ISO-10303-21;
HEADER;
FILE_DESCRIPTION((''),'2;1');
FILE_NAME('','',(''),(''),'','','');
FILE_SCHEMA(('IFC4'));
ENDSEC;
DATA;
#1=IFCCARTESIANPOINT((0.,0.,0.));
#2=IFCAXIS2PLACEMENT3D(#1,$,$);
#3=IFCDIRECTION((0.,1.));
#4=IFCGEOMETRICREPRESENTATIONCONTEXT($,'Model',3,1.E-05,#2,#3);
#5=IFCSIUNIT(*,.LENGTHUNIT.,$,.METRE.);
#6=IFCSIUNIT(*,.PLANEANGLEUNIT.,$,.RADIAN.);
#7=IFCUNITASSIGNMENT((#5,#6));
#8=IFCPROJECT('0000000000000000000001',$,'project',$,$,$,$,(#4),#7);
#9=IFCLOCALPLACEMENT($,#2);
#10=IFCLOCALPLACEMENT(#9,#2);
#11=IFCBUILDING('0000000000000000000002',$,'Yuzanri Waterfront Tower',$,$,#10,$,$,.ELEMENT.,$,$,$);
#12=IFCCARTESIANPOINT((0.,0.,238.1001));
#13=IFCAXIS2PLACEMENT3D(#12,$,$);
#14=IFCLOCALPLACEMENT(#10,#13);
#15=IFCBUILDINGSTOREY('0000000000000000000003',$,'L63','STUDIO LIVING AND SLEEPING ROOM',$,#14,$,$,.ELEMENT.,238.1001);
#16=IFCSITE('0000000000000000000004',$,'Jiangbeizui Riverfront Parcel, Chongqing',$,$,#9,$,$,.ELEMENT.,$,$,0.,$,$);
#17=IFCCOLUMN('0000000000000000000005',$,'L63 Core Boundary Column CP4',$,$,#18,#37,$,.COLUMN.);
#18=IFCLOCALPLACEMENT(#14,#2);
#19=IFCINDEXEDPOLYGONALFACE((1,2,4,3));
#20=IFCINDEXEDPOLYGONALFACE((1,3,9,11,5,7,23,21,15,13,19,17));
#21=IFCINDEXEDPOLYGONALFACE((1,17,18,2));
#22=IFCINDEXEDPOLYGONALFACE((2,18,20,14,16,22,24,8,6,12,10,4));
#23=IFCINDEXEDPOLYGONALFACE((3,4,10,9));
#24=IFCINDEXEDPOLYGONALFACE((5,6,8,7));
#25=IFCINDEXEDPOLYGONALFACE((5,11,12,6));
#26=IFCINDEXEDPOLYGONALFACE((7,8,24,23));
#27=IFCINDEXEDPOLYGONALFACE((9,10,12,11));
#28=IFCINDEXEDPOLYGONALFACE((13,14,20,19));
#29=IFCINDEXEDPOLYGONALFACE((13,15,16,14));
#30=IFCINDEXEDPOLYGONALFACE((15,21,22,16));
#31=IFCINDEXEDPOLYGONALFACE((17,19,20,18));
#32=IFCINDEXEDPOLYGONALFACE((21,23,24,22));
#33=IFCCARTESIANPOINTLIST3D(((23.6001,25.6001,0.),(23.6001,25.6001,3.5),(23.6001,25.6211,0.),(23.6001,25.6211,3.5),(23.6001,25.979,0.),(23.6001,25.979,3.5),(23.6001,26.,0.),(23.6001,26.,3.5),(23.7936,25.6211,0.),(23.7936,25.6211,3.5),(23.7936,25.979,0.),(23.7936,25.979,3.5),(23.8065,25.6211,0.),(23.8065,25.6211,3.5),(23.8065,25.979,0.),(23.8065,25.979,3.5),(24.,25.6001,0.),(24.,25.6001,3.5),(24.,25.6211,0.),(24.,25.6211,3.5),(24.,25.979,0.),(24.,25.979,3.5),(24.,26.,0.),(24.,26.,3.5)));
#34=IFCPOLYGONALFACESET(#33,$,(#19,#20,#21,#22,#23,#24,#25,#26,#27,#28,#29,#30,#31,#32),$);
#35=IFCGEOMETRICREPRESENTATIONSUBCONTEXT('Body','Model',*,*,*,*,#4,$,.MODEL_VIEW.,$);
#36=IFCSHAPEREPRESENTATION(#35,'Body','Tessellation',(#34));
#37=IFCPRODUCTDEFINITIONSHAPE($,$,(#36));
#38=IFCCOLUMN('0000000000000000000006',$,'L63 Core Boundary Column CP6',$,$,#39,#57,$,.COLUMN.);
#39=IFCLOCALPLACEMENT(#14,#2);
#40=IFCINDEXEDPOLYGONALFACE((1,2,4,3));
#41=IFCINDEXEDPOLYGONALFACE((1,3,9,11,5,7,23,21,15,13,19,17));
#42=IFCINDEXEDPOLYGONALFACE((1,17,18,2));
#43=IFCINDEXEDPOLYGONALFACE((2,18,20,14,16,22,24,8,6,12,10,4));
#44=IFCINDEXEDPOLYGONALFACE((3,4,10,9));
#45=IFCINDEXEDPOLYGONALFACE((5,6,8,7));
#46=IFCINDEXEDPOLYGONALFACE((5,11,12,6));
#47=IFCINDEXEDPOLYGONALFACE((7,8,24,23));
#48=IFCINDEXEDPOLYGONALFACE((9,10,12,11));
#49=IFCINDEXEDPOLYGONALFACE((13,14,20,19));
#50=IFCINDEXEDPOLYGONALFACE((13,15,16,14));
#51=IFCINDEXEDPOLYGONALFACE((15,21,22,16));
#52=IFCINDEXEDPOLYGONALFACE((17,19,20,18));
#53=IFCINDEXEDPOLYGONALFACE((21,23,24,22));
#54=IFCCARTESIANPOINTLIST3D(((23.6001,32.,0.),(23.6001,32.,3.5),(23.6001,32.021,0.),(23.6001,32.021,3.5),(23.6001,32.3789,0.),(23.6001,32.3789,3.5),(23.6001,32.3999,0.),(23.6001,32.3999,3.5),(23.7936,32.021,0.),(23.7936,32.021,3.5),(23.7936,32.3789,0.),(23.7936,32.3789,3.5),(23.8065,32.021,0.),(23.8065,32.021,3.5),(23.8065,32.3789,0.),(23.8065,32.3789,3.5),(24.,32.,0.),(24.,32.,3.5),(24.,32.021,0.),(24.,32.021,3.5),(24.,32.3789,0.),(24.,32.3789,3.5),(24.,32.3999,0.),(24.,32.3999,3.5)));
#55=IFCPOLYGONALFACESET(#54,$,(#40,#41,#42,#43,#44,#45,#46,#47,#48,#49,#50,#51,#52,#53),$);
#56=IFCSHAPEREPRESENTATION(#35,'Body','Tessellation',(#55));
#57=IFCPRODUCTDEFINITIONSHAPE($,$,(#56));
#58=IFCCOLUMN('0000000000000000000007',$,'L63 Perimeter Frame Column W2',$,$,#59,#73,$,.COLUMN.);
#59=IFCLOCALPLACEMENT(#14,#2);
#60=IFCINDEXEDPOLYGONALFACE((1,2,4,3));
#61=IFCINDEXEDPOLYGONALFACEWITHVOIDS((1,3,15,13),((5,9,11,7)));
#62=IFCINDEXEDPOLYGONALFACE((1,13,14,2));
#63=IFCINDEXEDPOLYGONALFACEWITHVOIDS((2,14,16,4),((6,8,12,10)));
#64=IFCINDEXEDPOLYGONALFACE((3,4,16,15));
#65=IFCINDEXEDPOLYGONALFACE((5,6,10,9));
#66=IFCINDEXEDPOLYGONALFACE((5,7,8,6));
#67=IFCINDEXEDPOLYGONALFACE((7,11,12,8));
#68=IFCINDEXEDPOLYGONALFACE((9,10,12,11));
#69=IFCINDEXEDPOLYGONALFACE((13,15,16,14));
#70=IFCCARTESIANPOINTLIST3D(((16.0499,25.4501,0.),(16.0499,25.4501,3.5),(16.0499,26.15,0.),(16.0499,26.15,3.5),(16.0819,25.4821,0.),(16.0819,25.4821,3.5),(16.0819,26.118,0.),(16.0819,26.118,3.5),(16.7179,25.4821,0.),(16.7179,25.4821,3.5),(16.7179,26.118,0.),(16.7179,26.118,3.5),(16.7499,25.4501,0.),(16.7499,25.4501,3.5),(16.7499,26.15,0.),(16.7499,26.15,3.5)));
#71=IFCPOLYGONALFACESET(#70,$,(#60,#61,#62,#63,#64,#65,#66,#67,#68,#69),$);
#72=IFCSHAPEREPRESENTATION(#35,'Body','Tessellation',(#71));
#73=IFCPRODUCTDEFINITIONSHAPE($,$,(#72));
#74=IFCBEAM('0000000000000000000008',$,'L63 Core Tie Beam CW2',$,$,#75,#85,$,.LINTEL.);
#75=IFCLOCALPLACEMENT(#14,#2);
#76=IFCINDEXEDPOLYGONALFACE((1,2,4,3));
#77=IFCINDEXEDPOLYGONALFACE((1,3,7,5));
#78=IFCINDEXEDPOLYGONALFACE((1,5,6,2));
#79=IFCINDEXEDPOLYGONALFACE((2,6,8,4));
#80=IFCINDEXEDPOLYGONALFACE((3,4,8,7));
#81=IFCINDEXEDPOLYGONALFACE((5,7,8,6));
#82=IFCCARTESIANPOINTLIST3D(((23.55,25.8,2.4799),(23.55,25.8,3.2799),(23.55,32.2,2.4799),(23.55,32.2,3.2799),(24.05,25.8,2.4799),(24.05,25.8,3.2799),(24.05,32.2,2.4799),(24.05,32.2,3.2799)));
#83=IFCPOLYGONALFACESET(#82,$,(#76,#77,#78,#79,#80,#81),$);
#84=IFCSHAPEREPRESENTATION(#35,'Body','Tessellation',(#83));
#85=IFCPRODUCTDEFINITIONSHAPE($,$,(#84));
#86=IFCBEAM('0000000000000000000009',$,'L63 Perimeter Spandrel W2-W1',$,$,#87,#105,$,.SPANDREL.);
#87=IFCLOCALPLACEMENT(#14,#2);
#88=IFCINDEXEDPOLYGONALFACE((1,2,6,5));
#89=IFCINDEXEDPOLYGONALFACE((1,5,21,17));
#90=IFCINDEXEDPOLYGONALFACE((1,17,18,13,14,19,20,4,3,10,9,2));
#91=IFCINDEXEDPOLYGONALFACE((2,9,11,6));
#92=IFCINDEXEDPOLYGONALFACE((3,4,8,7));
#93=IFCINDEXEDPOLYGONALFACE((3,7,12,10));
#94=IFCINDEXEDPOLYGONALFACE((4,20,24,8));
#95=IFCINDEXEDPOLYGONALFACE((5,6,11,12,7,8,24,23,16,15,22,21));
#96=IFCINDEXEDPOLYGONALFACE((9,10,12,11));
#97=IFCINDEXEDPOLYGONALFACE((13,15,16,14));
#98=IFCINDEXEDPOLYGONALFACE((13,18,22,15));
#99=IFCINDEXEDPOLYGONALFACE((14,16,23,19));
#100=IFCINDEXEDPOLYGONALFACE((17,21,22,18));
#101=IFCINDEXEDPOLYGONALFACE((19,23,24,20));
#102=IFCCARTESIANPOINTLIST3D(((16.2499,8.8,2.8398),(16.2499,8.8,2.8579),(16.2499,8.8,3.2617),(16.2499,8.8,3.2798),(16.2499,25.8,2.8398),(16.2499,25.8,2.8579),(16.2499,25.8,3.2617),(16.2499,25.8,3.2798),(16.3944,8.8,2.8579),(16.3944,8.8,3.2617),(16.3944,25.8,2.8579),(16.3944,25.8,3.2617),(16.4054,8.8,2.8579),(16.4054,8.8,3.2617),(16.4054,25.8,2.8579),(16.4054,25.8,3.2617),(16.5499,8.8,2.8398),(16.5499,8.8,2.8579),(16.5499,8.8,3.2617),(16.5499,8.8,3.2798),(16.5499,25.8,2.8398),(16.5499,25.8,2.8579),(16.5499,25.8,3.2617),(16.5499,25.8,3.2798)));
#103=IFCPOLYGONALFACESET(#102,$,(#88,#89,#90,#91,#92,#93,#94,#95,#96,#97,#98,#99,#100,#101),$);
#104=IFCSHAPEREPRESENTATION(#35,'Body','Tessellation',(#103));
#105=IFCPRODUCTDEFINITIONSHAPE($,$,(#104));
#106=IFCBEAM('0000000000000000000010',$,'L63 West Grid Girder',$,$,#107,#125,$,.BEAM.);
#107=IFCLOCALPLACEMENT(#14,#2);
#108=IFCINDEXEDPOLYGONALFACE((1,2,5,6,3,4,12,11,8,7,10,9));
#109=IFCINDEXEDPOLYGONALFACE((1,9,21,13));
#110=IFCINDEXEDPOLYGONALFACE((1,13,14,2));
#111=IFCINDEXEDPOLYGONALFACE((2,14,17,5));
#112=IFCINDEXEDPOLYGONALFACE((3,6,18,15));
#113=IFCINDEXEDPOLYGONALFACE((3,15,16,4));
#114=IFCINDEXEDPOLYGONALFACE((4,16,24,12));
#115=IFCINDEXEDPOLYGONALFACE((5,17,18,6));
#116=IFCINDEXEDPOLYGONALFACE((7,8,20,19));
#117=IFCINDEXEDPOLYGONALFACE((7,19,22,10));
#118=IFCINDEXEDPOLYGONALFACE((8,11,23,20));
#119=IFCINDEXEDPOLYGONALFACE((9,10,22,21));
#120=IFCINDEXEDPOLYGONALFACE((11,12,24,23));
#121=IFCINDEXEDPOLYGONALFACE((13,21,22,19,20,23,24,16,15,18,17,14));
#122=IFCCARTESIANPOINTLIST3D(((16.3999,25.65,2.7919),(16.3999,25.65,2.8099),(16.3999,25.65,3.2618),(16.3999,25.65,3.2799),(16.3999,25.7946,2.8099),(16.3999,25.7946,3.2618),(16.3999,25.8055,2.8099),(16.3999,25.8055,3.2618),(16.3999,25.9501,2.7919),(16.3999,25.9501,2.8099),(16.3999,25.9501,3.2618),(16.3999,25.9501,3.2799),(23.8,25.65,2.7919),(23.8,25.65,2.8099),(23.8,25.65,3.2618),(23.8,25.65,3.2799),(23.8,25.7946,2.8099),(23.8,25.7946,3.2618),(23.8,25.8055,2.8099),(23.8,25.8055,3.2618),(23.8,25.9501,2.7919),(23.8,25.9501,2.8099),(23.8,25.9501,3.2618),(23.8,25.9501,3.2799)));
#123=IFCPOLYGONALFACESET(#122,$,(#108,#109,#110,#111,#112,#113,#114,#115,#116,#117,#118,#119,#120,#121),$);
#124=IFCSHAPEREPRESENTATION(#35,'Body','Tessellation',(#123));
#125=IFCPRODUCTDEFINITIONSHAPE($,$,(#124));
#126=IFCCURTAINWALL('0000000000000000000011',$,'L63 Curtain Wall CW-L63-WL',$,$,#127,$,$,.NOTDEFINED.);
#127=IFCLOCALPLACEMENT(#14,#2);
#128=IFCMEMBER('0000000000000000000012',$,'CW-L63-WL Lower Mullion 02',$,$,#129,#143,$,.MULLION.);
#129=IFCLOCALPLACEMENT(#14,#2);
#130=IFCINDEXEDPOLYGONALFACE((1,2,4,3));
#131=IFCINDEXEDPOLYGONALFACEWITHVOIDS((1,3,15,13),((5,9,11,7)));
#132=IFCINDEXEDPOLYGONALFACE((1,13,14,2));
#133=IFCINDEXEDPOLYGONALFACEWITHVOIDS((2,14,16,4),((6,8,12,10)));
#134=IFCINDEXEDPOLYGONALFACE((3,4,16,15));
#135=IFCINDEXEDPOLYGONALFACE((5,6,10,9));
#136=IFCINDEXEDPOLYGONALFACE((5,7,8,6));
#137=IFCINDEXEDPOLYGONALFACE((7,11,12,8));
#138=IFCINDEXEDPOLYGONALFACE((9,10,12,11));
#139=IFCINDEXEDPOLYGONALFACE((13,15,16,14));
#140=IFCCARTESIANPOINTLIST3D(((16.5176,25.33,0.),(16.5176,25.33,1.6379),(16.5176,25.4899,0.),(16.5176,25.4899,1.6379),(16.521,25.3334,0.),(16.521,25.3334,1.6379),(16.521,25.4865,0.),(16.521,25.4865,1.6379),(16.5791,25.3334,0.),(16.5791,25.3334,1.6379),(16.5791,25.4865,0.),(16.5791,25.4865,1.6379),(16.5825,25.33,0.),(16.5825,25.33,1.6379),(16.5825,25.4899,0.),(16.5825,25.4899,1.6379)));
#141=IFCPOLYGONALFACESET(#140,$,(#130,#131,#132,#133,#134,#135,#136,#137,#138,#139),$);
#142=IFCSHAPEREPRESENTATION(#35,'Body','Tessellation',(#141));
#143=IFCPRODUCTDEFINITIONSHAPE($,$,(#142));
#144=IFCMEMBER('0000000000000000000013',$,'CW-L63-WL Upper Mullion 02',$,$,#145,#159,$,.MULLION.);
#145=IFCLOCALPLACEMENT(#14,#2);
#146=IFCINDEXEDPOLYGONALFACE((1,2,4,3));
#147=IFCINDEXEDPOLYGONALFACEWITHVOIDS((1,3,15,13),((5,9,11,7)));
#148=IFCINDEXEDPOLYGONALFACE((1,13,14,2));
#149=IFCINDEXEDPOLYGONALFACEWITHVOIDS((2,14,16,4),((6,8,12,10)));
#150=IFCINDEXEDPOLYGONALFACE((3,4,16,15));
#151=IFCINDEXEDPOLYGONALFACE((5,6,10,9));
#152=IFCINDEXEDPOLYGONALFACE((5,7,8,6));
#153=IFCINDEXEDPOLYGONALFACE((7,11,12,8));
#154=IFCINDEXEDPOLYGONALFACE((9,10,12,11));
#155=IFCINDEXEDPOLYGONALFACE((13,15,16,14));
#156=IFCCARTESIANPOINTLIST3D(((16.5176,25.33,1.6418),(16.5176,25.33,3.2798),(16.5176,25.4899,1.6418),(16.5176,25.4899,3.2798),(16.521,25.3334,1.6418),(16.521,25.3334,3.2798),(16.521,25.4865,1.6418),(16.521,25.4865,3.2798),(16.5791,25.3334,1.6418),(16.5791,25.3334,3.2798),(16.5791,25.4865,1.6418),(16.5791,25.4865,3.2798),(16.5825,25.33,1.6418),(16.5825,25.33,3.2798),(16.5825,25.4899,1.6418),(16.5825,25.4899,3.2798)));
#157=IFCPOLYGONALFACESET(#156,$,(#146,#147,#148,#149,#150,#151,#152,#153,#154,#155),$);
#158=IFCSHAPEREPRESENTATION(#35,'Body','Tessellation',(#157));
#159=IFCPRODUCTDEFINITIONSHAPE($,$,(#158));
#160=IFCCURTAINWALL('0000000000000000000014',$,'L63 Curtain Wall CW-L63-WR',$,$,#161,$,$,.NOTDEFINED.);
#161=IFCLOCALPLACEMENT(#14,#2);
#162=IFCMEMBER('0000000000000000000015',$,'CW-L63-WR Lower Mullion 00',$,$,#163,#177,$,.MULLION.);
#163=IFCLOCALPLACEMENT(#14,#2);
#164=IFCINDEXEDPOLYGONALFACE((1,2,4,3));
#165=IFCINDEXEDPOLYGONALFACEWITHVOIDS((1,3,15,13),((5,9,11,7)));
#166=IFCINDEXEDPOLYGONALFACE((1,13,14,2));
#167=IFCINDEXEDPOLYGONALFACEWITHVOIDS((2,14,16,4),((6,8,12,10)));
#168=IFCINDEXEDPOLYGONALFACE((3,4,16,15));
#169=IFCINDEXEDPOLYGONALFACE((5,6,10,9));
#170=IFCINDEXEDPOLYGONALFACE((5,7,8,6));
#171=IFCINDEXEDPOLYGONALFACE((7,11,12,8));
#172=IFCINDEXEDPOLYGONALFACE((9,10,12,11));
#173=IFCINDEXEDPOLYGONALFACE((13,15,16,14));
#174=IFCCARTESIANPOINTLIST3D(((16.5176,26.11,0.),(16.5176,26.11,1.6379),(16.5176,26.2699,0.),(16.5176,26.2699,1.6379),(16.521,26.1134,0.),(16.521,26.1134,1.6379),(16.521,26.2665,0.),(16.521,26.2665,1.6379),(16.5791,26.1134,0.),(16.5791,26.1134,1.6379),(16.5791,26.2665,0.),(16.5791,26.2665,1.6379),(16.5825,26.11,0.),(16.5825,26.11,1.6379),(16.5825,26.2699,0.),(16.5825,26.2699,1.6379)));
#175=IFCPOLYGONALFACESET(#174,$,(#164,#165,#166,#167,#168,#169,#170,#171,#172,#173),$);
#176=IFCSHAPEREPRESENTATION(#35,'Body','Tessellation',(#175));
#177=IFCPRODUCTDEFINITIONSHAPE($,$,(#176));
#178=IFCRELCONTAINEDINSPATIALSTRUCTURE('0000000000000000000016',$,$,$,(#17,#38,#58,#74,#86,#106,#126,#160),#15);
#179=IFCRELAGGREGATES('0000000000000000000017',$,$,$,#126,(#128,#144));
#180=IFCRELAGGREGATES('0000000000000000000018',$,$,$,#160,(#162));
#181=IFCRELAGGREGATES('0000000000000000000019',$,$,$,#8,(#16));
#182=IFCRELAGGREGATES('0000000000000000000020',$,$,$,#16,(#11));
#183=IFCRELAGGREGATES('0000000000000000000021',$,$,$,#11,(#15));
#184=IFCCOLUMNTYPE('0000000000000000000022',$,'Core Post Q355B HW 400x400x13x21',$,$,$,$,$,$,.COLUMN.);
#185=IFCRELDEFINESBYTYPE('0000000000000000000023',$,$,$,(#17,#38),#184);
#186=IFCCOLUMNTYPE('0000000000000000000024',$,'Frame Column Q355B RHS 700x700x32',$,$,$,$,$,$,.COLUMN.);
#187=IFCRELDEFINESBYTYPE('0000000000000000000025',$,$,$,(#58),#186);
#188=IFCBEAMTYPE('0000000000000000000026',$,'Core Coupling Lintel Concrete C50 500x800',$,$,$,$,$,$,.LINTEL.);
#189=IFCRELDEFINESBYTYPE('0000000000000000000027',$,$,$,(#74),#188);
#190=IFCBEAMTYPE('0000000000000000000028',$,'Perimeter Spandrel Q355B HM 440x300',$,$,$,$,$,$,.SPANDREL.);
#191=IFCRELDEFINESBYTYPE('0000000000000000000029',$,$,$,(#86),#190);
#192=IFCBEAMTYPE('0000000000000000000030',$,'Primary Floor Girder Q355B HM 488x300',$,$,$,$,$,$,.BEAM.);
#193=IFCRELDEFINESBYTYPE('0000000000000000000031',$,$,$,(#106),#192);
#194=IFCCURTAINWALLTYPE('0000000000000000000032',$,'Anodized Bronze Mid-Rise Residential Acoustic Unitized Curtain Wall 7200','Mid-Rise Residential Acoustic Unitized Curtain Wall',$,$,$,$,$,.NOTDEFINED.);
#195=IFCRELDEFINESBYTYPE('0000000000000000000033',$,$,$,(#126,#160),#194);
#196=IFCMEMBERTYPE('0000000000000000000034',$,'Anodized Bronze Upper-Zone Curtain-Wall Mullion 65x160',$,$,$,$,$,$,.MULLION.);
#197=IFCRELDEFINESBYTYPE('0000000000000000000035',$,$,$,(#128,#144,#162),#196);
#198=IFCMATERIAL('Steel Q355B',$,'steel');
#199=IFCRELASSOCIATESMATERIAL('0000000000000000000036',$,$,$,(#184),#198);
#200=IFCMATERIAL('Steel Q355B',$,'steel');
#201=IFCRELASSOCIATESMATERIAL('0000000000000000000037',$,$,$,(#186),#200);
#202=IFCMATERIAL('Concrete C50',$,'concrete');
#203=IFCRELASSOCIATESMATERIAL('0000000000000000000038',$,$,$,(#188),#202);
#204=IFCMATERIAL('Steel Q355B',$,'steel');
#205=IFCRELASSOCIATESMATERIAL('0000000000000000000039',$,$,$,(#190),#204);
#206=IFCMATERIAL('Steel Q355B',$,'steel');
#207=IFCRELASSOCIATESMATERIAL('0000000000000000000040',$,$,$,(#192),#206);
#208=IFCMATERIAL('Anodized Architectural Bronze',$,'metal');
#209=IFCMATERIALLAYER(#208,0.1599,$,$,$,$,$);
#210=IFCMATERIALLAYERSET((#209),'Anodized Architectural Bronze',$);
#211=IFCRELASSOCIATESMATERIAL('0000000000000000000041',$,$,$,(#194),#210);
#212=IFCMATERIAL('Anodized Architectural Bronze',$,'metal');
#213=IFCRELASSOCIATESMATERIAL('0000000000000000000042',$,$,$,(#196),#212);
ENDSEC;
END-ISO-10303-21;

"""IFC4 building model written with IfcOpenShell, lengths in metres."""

from ifc_helpers import new_model, si_unit, direction, frame, origin, origin_2d, place, context, subcontext, project, spatial, rectangle, hollow_rectangle, i_section, extrude, source, transform, mapped, material, layer, layer_set, material_profile, profile_set, type_object, element, aggregate, save


model = new_model("IFC4")

# Units and contexts
model_context = context("Model", 3, precision=1e-05, world=origin(), true_north=direction((0.0, 1.0)))
body_context = subcontext(model_context, "Body", "Model", "MODEL_VIEW")
ifc_project = project(units=[si_unit("LENGTHUNIT", "METRE"), si_unit("PLANEANGLEUNIT", "RADIAN")], contexts=[model_context])

# Site, building, storey
site_placement = place(None, origin())
site = spatial("IfcSite", under=ifc_project, at=site_placement, Name="Jiangbeizui Riverfront Parcel, Chongqing", CompositionType="ELEMENT", RefElevation=0.0)
building_placement = place(site_placement, origin())
building = spatial("IfcBuilding", under=site, at=building_placement, Name="Yuzanri Waterfront Tower", CompositionType="ELEMENT")
storey_placement = place(building_placement, frame((0.0, 0.0, 238.1001)))
storey = spatial("IfcBuildingStorey", under=building, at=storey_placement, Name="L63", Description="STUDIO LIVING AND SLEEPING ROOM", CompositionType="ELEMENT", Elevation=238.1001)

# Columns
ifc_material_1 = material(Name="Steel Q355B", Category="steel")
ifc_material_profile_1 = material_profile(ifc_material_1, i_section(OverallWidth=0.3999, OverallDepth=0.3999, WebThickness=0.0129, FlangeThickness=0.021, at=origin_2d()), Name="HW 400x400x13x21")
ifc_profile_set_1 = profile_set([ifc_material_profile_1], Name="Steel Q355B")
column_type_1 = type_object("IfcColumnType", Name="Core Post Q355B HW 400x400x13x21", PredefinedType="COLUMN", material=ifc_profile_set_1)
shared_shape_1 = source(origin(), body_context, "Body", "SweptSolid", [
    extrude(i_section(OverallWidth=0.3999, OverallDepth=0.3999, WebThickness=0.0129, FlangeThickness=0.021, at=origin_2d()), origin(), (0.0, 0.0, 1.0), 3.5),
])
for number, where, z_axis, x_axis, name in (
    (1, (23.8, 25.8, 0.0), (0.0, 0.0, 1.0), (1.0, 0.0, 0.0), "L63 Core Boundary Column CP4"),
    (2, (23.8, 32.2, 0.0), (0.0, 0.0, 1.0), (1.0, 0.0, 0.0), "L63 Core Boundary Column CP6"),
):
    element("IfcColumn", number, at=place(storey_placement, frame(where, z_axis=z_axis, x_axis=x_axis)), inside=storey, type_object=column_type_1, Name=name, PredefinedType="COLUMN", context=body_context, shape_type="MappedRepresentation", body=[
        mapped(shared_shape_1, transform((0.0, 0.0, 0.0), scale=1.0)),
    ])
ifc_material_2 = material(Name="Steel Q355B", Category="steel")
ifc_material_profile_2 = material_profile(ifc_material_2, hollow_rectangle(XDim=0.7, YDim=0.7, WallThickness=0.032, at=origin_2d()), Name="RHS 700x700x32")
ifc_profile_set_2 = profile_set([ifc_material_profile_2], Name="Steel Q355B")
column_type_2 = type_object("IfcColumnType", Name="Frame Column Q355B RHS 700x700x32", PredefinedType="COLUMN", material=ifc_profile_set_2)
shared_shape_2 = source(origin(), body_context, "Body", "SweptSolid", [
    extrude(hollow_rectangle(XDim=0.7, YDim=0.7, WallThickness=0.032, at=origin_2d()), origin(), (0.0, 0.0, 1.0), 3.5),
])
column_placement = place(storey_placement, frame((16.3999, 25.8, 0.0), z_axis=(0.0, 0.0, 1.0), x_axis=(1.0, 0.0, 0.0)))
element("IfcColumn", 3, at=column_placement, inside=storey, type_object=column_type_2, Name="L63 Perimeter Frame Column W2", PredefinedType="COLUMN", context=body_context, shape_type="MappedRepresentation", body=[
    mapped(shared_shape_2, transform((0.0, 0.0, 0.0), scale=1.0)),
])

# Beams
ifc_material_3 = material(Name="Concrete C50", Category="concrete")
ifc_material_profile_3 = material_profile(ifc_material_3, rectangle(XDim=0.5, YDim=0.8, at=origin_2d()), Name="RC 500x800")
ifc_profile_set_3 = profile_set([ifc_material_profile_3], Name="Concrete C50")
beam_type_1 = type_object("IfcBeamType", Name="Core Coupling Lintel Concrete C50 500x800", PredefinedType="LINTEL", material=ifc_profile_set_3)
shared_shape_3 = source(origin(), body_context, "Body", "SweptSolid", [
    extrude(rectangle(XDim=0.5, YDim=0.8, at=origin_2d()), origin(), (0.0, 0.0, 1.0), 6.3999),
])
beam_1_placement = place(storey_placement, frame((23.8, 25.8, 2.8799), z_axis=(0.0, 1.0, 0.0), x_axis=(-1.0, 0.0, 0.0)))
element("IfcBeam", 4, at=beam_1_placement, inside=storey, type_object=beam_type_1, Name="L63 Core Tie Beam CW2", PredefinedType="LINTEL", context=body_context, shape_type="MappedRepresentation", body=[
    mapped(shared_shape_3, transform((0.0, 0.0, 0.0), scale=1.0)),
])
ifc_material_4 = material(Name="Steel Q355B", Category="steel")
ifc_material_profile_4 = material_profile(ifc_material_4, i_section(OverallWidth=0.3, OverallDepth=0.4399, WebThickness=0.011, FlangeThickness=0.0181, at=origin_2d()), Name="HM 440x300x11x18")
ifc_profile_set_4 = profile_set([ifc_material_profile_4], Name="Steel Q355B")
beam_type_2 = type_object("IfcBeamType", Name="Perimeter Spandrel Q355B HM 440x300", PredefinedType="SPANDREL", material=ifc_profile_set_4)
shared_shape_4 = source(origin(), body_context, "Body", "SweptSolid", [
    extrude(i_section(OverallWidth=0.3, OverallDepth=0.4399, WebThickness=0.011, FlangeThickness=0.0181, at=origin_2d()), origin(), (0.0, 0.0, 1.0), 17.0),
])
beam_2_placement = place(storey_placement, frame((16.3999, 25.8, 3.0598), z_axis=(0.0, -1.0, 0.0), x_axis=(1.0, 0.0, 0.0)))
element("IfcBeam", 5, at=beam_2_placement, inside=storey, type_object=beam_type_2, Name="L63 Perimeter Spandrel W2-W1", PredefinedType="SPANDREL", context=body_context, shape_type="MappedRepresentation", body=[
    mapped(shared_shape_4, transform((0.0, 0.0, 0.0), scale=1.0)),
])
ifc_material_5 = material(Name="Steel Q355B", Category="steel")
ifc_material_profile_5 = material_profile(ifc_material_5, i_section(OverallWidth=0.3, OverallDepth=0.488, WebThickness=0.011, FlangeThickness=0.0181, at=origin_2d()), Name="HM 488x300x11x18")
ifc_profile_set_5 = profile_set([ifc_material_profile_5], Name="Steel Q355B")
beam_type_3 = type_object("IfcBeamType", Name="Primary Floor Girder Q355B HM 488x300", PredefinedType="BEAM", material=ifc_profile_set_5)
shared_shape_5 = source(origin(), body_context, "Body", "SweptSolid", [
    extrude(i_section(OverallWidth=0.3, OverallDepth=0.488, WebThickness=0.011, FlangeThickness=0.0181, at=origin_2d()), origin(), (0.0, 0.0, 1.0), 7.4001),
])
beam_3_placement = place(storey_placement, frame((23.8, 25.8, 3.0359), z_axis=(-1.0, 0.0, 0.0), x_axis=(0.0, -1.0, 0.0)))
element("IfcBeam", 6, at=beam_3_placement, inside=storey, type_object=beam_type_3, Name="L63 West Grid Girder", PredefinedType="BEAM", context=body_context, shape_type="MappedRepresentation", body=[
    mapped(shared_shape_5, transform((0.0, 0.0, 0.0), scale=1.0)),
])

# Curtain wall, members
ifc_material_6 = material(Name="Anodized Architectural Bronze", Category="metal")
ifc_layer_1 = layer(ifc_material_6, 0.1599)
ifc_layer_set_1 = layer_set([ifc_layer_1], Name="Anodized Architectural Bronze")
curtain_wall_type = type_object("IfcCurtainWallType", Name="Anodized Bronze Mid-Rise Residential Acoustic Unitized Curtain Wall 7200", Description="Mid-Rise Residential Acoustic Unitized Curtain Wall", PredefinedType="NOTDEFINED", material=ifc_layer_set_1)
curtain_wall_1_placement = place(storey_placement, origin())
curtain_wall_1 = element("IfcCurtainWall", 7, at=curtain_wall_1_placement, inside=storey, type_object=curtain_wall_type, Name="L63 Curtain Wall CW-L63-WL", PredefinedType="NOTDEFINED")
ifc_material_7 = material(Name="Anodized Architectural Bronze", Category="metal")
ifc_material_profile_6 = material_profile(ifc_material_7, hollow_rectangle(XDim=0.0649, YDim=0.1599, WallThickness=0.0034, at=origin_2d()), Name="CWM 65x160")
ifc_profile_set_6 = profile_set([ifc_material_profile_6], Name="Anodized Architectural Bronze")
member_type_1 = type_object("IfcMemberType", Name="Anodized Bronze Upper-Zone Curtain-Wall Mullion 65x160", PredefinedType="MULLION", material=ifc_profile_set_6)
shared_shape_6 = source(origin(), body_context, "Body", "SweptSolid", [
    extrude(hollow_rectangle(XDim=0.0649, YDim=0.1599, WallThickness=0.0034, at=origin_2d()), origin(), (0.0, 0.0, 1.0), 1.6379),
])
member_1_placement = place(storey_placement, frame((16.55, 25.4099, 0.0), z_axis=(0.0, 0.0, 1.0), x_axis=(1.0, 0.0, 0.0)))
member_1 = element("IfcMember", 8, at=member_1_placement, type_object=member_type_1, Name="CW-L63-WL Lower Mullion 02", PredefinedType="MULLION", context=body_context, shape_type="MappedRepresentation", body=[
    mapped(shared_shape_6, transform((0.0, 0.0, 0.0), scale=1.0)),
])
member_2_placement = place(storey_placement, frame((16.55, 25.4099, 1.6418), z_axis=(0.0, 0.0, 1.0), x_axis=(1.0, 0.0, 0.0)))
member_2 = element("IfcMember", 9, at=member_2_placement, type_object=member_type_1, Name="CW-L63-WL Upper Mullion 02", PredefinedType="MULLION", context=body_context, shape_type="MappedRepresentation", body=[
    mapped(shared_shape_6, transform((0.0, 0.0, 0.0), scale=1.0)),
])
aggregate(curtain_wall_1, [member_1, member_2])

# Curtain wall, member
curtain_wall_2_placement = place(storey_placement, origin())
curtain_wall_2 = element("IfcCurtainWall", 10, at=curtain_wall_2_placement, inside=storey, type_object=curtain_wall_type, Name="L63 Curtain Wall CW-L63-WR", PredefinedType="NOTDEFINED")
member_3_placement = place(storey_placement, frame((16.55, 26.1899, 0.0), z_axis=(0.0, 0.0, 1.0), x_axis=(1.0, 0.0, 0.0)))
member_3 = element("IfcMember", 11, at=member_3_placement, type_object=member_type_1, Name="CW-L63-WR Lower Mullion 00", PredefinedType="MULLION", context=body_context, shape_type="MappedRepresentation", body=[
    mapped(shared_shape_6, transform((0.0, 0.0, 0.0), scale=1.0)),
])
aggregate(curtain_wall_2, [member_3])

save(model, "model.ifc")
